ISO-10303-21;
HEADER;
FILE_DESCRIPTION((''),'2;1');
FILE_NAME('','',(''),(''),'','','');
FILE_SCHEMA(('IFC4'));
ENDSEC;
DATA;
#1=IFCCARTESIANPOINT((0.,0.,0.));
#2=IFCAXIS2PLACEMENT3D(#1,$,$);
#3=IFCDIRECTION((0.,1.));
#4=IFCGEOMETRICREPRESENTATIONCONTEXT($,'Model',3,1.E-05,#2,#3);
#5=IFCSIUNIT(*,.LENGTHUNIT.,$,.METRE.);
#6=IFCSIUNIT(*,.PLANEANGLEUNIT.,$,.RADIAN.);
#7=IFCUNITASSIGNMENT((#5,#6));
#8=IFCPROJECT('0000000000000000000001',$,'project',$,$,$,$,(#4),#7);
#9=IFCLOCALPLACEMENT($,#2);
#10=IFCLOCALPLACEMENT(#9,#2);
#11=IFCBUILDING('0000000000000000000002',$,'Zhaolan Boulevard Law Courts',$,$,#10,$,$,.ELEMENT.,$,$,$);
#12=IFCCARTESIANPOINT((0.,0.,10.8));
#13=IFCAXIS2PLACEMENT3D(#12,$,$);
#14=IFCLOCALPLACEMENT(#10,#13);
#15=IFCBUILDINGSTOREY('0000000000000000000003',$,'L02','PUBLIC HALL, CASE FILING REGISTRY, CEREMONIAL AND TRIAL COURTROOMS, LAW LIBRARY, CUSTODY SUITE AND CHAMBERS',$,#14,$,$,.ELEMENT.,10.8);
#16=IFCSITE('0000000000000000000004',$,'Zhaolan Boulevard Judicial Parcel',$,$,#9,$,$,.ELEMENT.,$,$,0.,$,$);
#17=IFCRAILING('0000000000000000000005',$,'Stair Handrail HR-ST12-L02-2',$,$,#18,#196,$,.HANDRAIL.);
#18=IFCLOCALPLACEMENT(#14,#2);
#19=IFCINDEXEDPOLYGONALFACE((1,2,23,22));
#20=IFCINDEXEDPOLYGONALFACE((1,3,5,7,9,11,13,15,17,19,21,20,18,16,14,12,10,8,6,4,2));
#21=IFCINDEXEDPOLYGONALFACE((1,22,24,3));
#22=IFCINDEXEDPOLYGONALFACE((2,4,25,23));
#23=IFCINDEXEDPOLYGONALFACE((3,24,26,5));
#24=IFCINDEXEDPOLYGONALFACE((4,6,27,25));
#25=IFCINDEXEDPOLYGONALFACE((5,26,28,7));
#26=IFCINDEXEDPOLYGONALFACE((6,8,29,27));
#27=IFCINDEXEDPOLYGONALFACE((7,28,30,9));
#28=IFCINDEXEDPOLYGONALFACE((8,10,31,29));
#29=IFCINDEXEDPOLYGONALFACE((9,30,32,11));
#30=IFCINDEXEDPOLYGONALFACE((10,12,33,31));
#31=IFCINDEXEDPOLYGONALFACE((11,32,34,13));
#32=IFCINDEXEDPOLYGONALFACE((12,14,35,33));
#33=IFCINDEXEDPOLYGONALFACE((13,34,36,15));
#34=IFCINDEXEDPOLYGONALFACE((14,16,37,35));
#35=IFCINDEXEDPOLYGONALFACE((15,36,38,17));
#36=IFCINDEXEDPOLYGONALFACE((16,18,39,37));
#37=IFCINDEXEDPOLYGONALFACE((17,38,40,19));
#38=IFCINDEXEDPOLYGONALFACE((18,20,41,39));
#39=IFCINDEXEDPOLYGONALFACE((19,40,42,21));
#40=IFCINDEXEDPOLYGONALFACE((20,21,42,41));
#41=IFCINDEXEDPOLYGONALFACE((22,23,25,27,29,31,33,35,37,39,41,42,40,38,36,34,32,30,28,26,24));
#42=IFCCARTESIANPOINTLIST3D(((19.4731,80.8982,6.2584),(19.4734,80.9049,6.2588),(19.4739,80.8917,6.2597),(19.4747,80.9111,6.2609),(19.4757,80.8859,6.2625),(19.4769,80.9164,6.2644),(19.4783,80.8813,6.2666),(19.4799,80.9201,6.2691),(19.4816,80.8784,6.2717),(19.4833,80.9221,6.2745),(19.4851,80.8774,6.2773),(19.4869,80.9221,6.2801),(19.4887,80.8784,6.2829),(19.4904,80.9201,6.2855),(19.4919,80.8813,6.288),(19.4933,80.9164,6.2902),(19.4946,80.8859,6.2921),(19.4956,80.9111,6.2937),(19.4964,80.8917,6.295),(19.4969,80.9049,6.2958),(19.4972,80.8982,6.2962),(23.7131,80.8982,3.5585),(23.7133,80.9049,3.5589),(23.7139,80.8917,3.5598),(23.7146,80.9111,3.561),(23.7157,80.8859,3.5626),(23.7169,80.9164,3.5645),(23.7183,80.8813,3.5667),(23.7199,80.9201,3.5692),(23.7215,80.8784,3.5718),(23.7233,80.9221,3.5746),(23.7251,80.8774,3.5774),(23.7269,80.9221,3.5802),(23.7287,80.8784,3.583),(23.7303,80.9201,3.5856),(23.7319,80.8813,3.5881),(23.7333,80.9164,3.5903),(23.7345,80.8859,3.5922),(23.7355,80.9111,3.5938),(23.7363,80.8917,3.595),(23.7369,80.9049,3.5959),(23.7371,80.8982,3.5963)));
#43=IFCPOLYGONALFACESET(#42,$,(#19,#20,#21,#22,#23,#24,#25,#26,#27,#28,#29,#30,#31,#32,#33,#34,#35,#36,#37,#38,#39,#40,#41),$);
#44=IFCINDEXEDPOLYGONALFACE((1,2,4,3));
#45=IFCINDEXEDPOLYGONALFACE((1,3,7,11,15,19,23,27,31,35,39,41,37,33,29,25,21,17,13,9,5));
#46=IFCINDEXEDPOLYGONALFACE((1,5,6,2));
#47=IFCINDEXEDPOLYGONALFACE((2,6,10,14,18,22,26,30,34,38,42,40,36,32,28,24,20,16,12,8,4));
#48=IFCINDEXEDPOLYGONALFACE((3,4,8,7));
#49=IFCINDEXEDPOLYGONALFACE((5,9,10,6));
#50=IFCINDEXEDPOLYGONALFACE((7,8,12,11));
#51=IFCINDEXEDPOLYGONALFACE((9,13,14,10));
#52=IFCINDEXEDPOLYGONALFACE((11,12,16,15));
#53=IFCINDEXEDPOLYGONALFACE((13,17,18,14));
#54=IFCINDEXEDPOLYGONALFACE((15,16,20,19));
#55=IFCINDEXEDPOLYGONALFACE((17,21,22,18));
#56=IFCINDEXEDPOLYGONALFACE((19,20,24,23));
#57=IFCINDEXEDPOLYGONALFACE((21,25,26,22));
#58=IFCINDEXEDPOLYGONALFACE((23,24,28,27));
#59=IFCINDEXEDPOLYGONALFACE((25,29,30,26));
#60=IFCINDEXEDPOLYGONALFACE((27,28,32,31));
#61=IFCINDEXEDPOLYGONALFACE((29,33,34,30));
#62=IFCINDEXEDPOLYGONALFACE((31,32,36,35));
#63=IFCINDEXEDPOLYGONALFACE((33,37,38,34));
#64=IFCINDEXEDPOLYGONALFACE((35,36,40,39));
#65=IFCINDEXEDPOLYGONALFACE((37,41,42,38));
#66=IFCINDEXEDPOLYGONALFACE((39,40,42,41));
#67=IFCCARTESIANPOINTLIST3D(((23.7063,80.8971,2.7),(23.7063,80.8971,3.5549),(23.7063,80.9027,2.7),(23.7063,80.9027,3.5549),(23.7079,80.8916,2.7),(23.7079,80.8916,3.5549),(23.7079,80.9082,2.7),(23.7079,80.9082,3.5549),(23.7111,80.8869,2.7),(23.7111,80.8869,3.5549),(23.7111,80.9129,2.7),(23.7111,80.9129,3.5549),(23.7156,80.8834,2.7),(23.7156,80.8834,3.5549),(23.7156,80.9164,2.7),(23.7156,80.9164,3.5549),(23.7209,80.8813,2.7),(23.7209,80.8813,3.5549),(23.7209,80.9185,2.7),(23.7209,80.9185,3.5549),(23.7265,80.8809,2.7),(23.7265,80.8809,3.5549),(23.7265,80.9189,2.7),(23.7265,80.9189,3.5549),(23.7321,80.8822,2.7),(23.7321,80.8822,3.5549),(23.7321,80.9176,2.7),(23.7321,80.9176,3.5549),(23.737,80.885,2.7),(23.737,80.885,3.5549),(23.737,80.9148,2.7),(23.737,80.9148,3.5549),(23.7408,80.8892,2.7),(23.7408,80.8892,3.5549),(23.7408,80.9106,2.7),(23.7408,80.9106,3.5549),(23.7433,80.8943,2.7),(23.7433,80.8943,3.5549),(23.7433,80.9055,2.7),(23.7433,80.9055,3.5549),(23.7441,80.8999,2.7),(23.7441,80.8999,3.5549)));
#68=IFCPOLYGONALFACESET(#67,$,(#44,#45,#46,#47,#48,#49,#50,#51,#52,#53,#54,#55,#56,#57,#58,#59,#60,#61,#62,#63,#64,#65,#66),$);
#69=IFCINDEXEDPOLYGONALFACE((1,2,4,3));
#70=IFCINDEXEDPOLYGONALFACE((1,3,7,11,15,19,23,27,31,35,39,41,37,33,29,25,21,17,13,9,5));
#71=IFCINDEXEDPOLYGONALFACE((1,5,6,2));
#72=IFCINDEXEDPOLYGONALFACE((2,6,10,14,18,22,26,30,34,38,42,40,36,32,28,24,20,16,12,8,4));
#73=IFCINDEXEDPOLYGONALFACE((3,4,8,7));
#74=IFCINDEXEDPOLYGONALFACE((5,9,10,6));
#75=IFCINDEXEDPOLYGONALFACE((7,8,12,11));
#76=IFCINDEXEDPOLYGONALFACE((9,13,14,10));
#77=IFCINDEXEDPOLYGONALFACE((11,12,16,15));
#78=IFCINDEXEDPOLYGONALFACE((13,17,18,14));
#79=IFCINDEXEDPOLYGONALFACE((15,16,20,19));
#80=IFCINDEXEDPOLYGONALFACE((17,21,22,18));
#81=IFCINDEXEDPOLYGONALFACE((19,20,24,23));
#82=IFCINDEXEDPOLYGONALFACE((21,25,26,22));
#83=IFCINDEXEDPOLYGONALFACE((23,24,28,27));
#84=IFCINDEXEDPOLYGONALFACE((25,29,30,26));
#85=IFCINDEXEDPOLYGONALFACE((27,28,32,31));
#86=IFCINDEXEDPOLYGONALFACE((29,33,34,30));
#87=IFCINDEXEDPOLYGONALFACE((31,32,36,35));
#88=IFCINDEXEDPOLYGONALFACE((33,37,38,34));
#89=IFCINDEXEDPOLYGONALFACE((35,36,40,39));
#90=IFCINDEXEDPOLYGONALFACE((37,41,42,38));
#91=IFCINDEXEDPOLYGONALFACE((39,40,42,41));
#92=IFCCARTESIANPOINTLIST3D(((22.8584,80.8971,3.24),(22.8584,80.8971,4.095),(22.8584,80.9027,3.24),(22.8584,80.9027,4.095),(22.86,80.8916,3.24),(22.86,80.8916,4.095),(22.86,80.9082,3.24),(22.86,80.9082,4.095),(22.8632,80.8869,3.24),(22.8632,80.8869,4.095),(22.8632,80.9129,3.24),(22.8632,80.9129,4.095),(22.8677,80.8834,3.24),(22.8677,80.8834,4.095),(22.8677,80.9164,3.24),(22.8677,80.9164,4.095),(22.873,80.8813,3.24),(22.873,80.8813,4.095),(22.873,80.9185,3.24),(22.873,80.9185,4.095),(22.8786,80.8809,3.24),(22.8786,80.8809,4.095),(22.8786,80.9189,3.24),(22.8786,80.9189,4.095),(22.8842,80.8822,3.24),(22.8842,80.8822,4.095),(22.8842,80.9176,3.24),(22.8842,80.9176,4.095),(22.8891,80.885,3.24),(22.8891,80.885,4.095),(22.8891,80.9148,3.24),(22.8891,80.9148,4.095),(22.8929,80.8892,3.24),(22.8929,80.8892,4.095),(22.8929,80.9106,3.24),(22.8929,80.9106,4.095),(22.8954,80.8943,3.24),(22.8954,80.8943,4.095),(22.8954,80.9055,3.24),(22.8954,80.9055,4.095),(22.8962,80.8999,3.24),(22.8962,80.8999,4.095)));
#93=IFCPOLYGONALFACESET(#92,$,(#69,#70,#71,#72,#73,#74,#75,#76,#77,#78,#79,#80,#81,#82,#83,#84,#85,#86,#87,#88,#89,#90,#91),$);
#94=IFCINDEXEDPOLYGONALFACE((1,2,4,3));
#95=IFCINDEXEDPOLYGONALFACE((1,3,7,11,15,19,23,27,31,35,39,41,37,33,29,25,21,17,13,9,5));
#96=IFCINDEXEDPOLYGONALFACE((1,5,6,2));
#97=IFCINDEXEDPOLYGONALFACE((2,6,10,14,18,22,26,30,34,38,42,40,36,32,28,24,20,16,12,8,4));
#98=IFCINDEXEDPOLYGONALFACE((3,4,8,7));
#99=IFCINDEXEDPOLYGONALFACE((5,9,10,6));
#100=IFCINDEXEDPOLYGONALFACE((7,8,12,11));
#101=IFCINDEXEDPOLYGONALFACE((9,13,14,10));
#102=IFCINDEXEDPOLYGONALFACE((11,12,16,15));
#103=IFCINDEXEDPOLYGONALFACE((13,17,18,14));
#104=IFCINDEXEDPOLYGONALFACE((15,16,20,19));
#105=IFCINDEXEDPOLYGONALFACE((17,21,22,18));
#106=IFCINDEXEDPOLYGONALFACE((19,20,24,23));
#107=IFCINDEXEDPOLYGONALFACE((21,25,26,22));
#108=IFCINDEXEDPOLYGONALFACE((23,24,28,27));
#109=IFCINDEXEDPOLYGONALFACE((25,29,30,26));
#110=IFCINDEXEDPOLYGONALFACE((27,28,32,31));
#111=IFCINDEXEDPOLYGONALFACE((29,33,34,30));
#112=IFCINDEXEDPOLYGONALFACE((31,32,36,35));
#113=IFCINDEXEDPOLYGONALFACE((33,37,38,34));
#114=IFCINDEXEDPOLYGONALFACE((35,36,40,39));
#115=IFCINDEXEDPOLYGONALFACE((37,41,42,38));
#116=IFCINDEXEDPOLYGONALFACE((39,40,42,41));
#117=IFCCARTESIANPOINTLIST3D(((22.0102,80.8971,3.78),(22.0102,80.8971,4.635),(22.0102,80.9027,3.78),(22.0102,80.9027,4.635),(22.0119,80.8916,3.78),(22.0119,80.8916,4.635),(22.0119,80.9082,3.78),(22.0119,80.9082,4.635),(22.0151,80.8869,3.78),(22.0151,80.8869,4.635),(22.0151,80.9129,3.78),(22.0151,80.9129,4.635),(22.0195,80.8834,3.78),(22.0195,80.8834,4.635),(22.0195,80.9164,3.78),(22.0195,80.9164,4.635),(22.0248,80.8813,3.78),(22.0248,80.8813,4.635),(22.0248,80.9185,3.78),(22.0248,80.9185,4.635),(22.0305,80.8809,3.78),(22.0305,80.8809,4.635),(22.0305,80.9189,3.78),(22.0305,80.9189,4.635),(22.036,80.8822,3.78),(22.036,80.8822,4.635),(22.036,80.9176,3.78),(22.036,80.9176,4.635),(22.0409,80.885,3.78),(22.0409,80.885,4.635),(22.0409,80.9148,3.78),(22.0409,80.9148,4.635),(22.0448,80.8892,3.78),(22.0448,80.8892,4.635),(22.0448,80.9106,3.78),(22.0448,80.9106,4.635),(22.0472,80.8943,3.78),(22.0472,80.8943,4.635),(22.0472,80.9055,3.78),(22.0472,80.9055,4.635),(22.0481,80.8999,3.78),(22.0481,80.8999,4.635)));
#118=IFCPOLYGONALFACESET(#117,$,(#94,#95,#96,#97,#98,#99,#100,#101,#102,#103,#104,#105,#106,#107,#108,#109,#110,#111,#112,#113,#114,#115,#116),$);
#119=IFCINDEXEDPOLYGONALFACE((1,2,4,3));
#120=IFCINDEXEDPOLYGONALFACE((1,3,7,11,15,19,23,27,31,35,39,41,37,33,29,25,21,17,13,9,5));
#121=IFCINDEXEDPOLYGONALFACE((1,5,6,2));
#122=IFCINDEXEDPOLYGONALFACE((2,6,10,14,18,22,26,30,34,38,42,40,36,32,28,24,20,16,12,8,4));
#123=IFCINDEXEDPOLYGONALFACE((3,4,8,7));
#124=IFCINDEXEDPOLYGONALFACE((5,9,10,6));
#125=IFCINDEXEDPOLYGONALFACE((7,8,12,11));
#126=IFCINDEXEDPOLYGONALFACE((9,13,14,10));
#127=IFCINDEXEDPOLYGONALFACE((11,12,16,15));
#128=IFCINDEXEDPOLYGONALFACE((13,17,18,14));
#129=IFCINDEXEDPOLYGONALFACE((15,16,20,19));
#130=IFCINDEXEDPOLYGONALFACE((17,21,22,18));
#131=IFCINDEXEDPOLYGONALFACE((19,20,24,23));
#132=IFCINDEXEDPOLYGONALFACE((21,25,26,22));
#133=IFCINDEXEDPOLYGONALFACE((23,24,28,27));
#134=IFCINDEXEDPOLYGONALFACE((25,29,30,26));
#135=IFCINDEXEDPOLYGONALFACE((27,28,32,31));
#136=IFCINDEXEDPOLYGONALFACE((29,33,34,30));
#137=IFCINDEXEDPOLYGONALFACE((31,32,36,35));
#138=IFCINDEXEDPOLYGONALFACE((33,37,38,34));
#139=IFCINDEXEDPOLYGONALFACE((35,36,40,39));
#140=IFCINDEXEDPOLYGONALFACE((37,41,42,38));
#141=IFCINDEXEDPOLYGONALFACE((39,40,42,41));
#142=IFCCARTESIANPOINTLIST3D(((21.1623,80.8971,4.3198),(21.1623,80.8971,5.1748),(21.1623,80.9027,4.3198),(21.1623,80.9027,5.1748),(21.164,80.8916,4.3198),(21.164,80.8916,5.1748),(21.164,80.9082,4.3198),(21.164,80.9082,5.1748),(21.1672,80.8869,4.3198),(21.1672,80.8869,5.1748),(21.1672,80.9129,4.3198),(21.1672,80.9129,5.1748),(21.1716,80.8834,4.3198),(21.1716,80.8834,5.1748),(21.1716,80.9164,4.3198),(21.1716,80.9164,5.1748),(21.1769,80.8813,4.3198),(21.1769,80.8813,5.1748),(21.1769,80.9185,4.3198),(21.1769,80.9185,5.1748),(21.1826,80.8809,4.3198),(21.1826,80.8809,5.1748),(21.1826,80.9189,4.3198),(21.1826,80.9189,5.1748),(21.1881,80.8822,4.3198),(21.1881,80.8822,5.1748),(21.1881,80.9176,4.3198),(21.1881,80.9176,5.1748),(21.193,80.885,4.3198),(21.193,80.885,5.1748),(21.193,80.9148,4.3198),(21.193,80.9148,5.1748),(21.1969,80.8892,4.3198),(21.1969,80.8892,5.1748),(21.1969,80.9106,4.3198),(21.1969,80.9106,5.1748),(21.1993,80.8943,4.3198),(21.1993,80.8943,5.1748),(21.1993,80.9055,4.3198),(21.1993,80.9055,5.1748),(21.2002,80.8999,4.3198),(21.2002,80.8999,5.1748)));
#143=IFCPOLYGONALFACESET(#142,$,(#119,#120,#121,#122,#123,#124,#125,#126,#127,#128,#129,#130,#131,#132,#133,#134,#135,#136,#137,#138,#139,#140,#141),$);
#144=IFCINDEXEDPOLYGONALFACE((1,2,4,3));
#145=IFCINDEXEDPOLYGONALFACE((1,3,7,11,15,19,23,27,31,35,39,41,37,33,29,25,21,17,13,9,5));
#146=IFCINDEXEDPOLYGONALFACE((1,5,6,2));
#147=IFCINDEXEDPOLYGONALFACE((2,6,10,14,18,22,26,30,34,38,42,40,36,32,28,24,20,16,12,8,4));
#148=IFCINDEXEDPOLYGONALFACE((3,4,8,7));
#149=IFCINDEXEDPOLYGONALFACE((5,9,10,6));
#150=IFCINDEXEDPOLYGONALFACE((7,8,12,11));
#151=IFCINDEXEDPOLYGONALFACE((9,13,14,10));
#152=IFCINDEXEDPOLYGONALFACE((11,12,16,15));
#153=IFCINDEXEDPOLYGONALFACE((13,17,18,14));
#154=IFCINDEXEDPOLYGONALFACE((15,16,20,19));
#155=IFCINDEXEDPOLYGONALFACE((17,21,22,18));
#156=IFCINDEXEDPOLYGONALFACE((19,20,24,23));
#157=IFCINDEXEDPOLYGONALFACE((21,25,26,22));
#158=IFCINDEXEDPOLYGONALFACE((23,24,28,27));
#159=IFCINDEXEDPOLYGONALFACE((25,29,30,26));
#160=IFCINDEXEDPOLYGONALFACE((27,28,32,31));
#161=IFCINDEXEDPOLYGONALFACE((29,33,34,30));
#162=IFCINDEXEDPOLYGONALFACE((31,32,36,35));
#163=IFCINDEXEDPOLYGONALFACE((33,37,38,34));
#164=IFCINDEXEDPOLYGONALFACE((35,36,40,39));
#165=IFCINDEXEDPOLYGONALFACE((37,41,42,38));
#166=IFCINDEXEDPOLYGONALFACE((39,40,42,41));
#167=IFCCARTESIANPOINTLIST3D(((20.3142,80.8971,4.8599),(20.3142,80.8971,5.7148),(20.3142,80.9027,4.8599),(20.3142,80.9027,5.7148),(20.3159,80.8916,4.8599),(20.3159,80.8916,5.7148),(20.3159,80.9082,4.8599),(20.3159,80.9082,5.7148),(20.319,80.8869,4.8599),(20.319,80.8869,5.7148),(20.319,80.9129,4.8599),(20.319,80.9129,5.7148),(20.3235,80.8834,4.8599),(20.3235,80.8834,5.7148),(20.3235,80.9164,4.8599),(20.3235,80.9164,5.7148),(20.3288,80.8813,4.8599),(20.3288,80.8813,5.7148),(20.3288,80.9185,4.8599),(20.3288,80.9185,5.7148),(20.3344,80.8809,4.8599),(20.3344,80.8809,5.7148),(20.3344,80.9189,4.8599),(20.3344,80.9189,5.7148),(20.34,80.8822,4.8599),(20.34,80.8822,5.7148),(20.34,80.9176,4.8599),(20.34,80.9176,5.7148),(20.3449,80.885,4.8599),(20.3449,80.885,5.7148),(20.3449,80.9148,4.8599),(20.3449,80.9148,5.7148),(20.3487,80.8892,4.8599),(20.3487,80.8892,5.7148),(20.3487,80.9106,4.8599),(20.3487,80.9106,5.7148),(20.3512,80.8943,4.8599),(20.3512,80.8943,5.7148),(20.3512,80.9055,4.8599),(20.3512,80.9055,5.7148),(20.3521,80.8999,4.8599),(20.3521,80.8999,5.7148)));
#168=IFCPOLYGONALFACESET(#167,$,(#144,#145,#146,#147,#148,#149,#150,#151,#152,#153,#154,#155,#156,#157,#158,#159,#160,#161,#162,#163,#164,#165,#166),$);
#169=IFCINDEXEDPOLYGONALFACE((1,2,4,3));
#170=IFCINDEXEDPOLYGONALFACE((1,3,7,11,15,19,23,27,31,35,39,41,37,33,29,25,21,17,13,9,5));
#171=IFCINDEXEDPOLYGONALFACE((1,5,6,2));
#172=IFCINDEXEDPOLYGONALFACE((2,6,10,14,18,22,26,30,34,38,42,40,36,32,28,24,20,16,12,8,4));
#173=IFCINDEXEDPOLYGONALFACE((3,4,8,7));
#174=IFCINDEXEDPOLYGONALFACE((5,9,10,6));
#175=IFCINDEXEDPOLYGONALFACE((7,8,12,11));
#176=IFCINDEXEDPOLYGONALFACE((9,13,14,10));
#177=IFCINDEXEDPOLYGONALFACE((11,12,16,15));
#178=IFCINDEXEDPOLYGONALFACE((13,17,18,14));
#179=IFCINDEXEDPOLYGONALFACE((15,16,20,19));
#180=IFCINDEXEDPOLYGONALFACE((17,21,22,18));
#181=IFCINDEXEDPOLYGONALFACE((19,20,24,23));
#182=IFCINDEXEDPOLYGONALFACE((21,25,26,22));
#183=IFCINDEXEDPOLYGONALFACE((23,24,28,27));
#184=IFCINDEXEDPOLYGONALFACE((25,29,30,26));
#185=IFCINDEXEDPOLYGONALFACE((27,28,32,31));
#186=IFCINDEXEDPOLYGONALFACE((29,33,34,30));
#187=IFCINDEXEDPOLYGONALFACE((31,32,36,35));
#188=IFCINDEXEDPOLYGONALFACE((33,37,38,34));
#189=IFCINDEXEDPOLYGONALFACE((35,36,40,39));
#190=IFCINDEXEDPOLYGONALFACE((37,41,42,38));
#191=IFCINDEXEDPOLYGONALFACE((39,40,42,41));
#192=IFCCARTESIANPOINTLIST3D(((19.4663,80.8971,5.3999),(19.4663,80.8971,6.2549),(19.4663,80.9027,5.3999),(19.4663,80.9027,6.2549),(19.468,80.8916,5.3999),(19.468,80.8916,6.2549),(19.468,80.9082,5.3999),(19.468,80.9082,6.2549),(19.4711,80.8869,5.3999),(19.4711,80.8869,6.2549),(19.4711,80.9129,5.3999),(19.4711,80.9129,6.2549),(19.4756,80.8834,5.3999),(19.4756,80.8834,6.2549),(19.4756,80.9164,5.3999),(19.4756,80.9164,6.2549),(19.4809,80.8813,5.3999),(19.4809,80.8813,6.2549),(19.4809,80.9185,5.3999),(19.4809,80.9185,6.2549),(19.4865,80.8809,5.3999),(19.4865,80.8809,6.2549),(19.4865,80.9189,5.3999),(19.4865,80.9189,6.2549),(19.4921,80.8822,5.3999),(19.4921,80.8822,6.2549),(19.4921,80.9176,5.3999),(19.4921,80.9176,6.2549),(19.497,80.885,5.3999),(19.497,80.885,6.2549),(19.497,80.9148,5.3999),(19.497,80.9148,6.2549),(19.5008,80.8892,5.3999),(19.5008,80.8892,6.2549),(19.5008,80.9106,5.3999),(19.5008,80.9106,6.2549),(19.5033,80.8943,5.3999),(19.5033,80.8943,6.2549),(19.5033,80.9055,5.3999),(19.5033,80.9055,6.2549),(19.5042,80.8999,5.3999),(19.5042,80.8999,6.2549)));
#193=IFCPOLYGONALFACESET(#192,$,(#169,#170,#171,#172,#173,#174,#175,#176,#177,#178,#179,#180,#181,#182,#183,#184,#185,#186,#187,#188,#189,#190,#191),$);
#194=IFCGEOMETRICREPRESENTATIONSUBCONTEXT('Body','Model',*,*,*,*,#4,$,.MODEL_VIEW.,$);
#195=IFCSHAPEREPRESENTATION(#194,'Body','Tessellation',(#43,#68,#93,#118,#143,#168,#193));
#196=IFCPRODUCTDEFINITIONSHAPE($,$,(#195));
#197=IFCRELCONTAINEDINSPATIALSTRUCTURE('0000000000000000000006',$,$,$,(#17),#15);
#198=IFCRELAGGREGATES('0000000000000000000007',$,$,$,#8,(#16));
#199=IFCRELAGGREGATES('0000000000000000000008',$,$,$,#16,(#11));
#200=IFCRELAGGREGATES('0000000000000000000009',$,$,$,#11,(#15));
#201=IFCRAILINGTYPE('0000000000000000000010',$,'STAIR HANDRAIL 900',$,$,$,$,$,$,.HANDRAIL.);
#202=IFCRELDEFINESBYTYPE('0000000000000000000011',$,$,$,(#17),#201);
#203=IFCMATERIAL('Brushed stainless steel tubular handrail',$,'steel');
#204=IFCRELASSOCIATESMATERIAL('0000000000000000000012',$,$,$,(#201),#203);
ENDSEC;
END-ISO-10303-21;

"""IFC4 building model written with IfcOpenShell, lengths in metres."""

from ifc_helpers import new_model, si_unit, direction, frame, origin, origin_2d, place, context, subcontext, project, spatial, circle, extrude, material, type_object, element, save


model = new_model("IFC4")

# Units and contexts
model_context = context("Model", 3, precision=1e-05, world=origin(), true_north=direction((0.0, 1.0)))
body_context = subcontext(model_context, "Body", "Model", "MODEL_VIEW")
ifc_project = project(units=[si_unit("LENGTHUNIT", "METRE"), si_unit("PLANEANGLEUNIT", "RADIAN")], contexts=[model_context])

# Site, building, storey
site_placement = place(None, origin())
site = spatial("IfcSite", under=ifc_project, at=site_placement, Name="Zhaolan Boulevard Judicial Parcel", CompositionType="ELEMENT", RefElevation=0.0)
building_placement = place(site_placement, origin())
building = spatial("IfcBuilding", under=site, at=building_placement, Name="Zhaolan Boulevard Law Courts", CompositionType="ELEMENT")
storey_placement = place(building_placement, frame((0.0, 0.0, 10.8)))
storey = spatial("IfcBuildingStorey", under=building, at=storey_placement, Name="L02", Description="PUBLIC HALL, CASE FILING REGISTRY, CEREMONIAL AND TRIAL COURTROOMS, LAW LIBRARY, CUSTODY SUITE AND CHAMBERS", CompositionType="ELEMENT", Elevation=10.8)

# Railing
ifc_material_1 = material(Name="Brushed stainless steel tubular handrail", Category="steel")
railing_type_1 = type_object("IfcRailingType", Name="STAIR HANDRAIL 900", PredefinedType="HANDRAIL", material=ifc_material_1)
railing_1_placement = place(storey_placement, frame((23.7251, 80.8999, 2.7)))
element("IfcRailing", 1, at=railing_1_placement, inside=storey, type_object=railing_type_1, Name="Stair Handrail HR-ST12-L02-2", PredefinedType="HANDRAIL", context=body_context, shape_type="SweptSolid", body=[
    extrude(circle(Radius=0.0225, at=origin_2d()), frame((0.0, 0.0, 0.8774), z_axis=(-0.843501, 0.0, 0.537127), x_axis=(0.0, -1.0, 0.0)), (0.0, 0.0, 1.0), 5.0266),
    extrude(circle(Radius=0.019, at=origin_2d()), origin(), (0.0, 0.0, 1.0), 0.855),
    extrude(circle(Radius=0.019, at=origin_2d()), frame((-0.8479, 0.0, 0.54)), (0.0, 0.0, 1.0), 0.855),
    extrude(circle(Radius=0.019, at=origin_2d()), frame((-1.696, 0.0, 1.0801)), (0.0, 0.0, 1.0), 0.855),
    extrude(circle(Radius=0.019, at=origin_2d()), frame((-2.5439, 0.0, 1.6199)), (0.0, 0.0, 1.0), 0.855),
    extrude(circle(Radius=0.019, at=origin_2d()), frame((-3.3921, 0.0, 2.1599)), (0.0, 0.0, 1.0), 0.855),
    extrude(circle(Radius=0.019, at=origin_2d()), frame((-4.24, 0.0, 2.7)), (0.0, 0.0, 1.0), 0.855),
])

save(model, "model.ifc")
